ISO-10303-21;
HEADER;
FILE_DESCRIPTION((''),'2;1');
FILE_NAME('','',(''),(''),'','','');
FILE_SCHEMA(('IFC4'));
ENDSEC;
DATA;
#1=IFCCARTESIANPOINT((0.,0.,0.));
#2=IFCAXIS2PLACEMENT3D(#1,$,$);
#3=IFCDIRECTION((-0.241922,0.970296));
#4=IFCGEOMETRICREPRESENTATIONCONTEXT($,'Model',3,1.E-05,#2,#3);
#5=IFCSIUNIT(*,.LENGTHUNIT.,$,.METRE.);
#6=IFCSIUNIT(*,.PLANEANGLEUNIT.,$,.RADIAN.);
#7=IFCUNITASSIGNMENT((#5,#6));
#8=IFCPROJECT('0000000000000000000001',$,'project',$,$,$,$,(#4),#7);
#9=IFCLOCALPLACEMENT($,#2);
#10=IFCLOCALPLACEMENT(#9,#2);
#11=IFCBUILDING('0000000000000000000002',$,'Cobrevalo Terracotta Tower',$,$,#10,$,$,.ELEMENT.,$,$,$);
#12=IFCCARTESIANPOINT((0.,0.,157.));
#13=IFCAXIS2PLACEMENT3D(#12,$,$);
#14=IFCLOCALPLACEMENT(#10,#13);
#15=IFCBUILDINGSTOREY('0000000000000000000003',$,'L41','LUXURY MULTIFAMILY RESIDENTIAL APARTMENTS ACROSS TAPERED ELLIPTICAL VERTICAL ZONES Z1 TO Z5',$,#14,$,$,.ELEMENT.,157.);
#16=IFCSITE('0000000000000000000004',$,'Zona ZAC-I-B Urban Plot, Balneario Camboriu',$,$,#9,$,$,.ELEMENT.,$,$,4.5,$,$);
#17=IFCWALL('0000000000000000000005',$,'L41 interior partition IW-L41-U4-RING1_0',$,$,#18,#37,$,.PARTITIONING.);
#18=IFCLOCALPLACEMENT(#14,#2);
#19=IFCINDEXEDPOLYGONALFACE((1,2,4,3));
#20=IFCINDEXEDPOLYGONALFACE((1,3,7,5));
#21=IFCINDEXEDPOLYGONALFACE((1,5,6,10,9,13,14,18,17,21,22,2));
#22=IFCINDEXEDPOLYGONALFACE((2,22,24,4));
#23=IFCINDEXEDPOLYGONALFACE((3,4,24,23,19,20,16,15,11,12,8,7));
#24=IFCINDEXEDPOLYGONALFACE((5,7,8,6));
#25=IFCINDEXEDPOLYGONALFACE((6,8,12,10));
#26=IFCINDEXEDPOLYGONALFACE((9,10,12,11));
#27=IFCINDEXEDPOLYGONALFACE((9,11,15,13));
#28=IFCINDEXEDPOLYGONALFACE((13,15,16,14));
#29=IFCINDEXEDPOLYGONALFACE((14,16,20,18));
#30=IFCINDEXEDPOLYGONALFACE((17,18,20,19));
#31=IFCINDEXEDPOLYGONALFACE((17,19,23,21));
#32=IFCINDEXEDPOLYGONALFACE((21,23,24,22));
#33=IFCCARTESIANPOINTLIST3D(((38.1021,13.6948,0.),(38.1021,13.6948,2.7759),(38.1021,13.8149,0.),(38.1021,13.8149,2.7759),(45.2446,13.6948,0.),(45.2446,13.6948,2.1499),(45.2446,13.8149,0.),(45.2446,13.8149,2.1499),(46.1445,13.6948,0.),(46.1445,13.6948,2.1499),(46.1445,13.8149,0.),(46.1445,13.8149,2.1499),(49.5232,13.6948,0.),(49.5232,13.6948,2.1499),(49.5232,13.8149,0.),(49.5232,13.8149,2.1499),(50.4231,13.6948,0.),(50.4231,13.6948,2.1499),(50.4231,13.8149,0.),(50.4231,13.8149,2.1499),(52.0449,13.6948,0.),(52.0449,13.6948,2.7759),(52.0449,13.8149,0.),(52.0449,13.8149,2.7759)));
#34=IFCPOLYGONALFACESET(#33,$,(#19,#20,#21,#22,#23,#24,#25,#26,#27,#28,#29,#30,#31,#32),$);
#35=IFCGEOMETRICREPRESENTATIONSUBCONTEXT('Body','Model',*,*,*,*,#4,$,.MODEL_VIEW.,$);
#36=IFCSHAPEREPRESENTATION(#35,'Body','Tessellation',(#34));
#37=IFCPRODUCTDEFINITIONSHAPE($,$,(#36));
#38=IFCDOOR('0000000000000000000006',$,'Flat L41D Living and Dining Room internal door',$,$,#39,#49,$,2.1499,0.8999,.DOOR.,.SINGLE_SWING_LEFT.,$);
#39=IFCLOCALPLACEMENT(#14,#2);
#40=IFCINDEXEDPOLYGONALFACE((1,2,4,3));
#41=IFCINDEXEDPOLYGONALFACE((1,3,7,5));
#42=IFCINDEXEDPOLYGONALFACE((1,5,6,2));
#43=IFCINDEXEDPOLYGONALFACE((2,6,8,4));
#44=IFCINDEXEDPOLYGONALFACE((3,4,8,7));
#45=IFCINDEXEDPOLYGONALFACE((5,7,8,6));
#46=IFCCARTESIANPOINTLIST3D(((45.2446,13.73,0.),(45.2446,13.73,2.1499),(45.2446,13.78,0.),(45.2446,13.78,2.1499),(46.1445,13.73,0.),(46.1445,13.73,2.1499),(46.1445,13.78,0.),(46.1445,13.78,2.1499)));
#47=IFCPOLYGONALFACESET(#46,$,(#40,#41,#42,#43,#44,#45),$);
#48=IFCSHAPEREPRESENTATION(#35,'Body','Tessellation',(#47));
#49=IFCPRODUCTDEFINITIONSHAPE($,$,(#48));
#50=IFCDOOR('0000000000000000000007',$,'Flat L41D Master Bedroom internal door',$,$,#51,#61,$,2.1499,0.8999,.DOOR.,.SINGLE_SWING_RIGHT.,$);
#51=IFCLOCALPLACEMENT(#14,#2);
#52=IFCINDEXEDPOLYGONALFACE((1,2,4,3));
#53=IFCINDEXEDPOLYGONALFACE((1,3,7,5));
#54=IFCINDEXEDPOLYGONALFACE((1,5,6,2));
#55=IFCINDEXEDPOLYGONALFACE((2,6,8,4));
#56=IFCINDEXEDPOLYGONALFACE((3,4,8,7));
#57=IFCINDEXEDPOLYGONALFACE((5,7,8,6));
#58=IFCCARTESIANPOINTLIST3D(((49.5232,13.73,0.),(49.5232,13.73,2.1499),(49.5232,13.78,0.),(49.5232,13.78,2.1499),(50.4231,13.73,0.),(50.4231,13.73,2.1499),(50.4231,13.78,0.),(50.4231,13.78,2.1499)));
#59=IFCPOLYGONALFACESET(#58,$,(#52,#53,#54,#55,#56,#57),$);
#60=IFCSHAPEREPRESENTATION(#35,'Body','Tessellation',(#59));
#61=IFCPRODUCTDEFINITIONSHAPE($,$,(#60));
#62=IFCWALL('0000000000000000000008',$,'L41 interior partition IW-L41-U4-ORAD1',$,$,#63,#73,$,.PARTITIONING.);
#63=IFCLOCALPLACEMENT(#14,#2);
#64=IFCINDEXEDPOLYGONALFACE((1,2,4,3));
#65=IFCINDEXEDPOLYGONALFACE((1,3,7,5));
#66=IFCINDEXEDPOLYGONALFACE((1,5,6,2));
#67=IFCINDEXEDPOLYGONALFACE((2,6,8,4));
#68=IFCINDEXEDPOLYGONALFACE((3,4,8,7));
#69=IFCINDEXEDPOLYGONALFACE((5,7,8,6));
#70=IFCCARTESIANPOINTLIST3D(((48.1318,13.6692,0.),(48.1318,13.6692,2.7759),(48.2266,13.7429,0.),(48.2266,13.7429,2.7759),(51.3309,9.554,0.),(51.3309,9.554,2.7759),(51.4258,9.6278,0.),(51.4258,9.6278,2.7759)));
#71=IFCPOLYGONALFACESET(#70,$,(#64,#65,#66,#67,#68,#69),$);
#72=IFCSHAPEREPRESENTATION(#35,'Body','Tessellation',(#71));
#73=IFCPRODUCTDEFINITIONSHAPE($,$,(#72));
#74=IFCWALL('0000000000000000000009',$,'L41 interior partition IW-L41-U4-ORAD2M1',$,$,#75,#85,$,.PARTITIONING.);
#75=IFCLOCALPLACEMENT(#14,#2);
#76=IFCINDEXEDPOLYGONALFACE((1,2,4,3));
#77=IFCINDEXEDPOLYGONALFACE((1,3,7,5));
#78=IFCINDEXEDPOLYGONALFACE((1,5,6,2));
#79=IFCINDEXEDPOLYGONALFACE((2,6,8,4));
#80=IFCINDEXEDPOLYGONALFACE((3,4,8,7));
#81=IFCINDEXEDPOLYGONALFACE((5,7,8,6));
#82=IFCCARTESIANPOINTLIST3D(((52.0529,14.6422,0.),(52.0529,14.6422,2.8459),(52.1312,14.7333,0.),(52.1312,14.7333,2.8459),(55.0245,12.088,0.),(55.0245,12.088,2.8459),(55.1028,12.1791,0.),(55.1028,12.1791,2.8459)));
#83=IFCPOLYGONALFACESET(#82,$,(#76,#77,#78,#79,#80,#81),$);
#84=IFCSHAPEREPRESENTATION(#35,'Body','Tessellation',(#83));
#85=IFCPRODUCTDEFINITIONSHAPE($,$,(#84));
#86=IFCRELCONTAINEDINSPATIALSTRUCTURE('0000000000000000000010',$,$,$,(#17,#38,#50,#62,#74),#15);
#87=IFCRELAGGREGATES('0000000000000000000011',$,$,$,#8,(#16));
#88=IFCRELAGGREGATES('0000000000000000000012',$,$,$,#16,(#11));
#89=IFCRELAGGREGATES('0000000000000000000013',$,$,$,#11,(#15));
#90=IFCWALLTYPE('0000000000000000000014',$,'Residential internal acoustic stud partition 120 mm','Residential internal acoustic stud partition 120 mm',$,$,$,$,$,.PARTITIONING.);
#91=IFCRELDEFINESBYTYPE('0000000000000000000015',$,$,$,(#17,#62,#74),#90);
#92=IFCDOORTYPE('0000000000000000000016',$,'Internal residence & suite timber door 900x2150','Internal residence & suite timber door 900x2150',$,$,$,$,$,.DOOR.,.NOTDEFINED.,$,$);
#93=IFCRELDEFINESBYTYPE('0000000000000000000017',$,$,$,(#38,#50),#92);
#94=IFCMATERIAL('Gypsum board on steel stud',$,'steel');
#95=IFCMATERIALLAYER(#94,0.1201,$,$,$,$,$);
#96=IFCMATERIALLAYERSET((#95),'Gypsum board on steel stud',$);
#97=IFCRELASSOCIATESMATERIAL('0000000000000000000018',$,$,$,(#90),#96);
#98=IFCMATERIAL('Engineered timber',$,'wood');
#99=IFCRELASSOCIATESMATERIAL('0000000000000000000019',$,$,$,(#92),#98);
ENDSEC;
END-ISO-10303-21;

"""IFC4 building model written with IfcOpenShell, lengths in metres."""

from ifc_helpers import new_model, si_unit, direction, frame, frame_2d, origin, place, context, subcontext, project, spatial, rectangle, extrude, source, transform, mapped, material, layer, layer_set, type_object, element, fill, save


model = new_model("IFC4")

# Units and contexts
model_context = context("Model", 3, precision=1e-05, world=origin(), true_north=direction((-0.241922, 0.970296)))
body_context = subcontext(model_context, "Body", "Model", "MODEL_VIEW")
ifc_project = project(units=[si_unit("LENGTHUNIT", "METRE"), si_unit("PLANEANGLEUNIT", "RADIAN")], contexts=[model_context])

# Site, building, storey
site_placement = place(None, origin())
site = spatial("IfcSite", under=ifc_project, at=site_placement, Name="Zona ZAC-I-B Urban Plot, Balneario Camboriu", CompositionType="ELEMENT", RefElevation=4.5)
building_placement = place(site_placement, origin())
building = spatial("IfcBuilding", under=site, at=building_placement, Name="Cobrevalo Terracotta Tower", CompositionType="ELEMENT")
storey_placement = place(building_placement, frame((0.0, 0.0, 157.0)))
storey = spatial("IfcBuildingStorey", under=building, at=storey_placement, Name="L41", Description="LUXURY MULTIFAMILY RESIDENTIAL APARTMENTS ACROSS TAPERED ELLIPTICAL VERTICAL ZONES Z1 TO Z5", CompositionType="ELEMENT", Elevation=157.0)

# Wall, openings, doors
ifc_material_1 = material(Name="Gypsum board on steel stud", Category="steel")
ifc_layer_1 = layer(ifc_material_1, 0.1201)
ifc_layer_set_1 = layer_set([ifc_layer_1], Name="Gypsum board on steel stud")
wall_type = type_object("IfcWallType", Name="Residential internal acoustic stud partition 120 mm", Description="Residential internal acoustic stud partition 120 mm", PredefinedType="PARTITIONING", material=ifc_layer_set_1)
wall_1_placement = place(storey_placement, frame((52.0449, 13.7549, 0.0), z_axis=(0.0, 0.0, 1.0), x_axis=(-1.0, 0.0, 0.0)))
wall_1 = element("IfcWall", 1, at=wall_1_placement, inside=storey, type_object=wall_type, Name="L41 interior partition IW-L41-U4-RING1_0", PredefinedType="PARTITIONING", context=body_context, shape_type="SweptSolid", body=[
    extrude(rectangle(XDim=13.9429, YDim=0.1201, at=frame_2d((6.9714, 0.0))), origin(), (0.0, 0.0, 1.0), 2.7759),
])
opening_1_placement = place(wall_1_placement, frame((5.9004, 0.0, 0.0)))
opening_1 = element("IfcOpeningElement", 2, at=opening_1_placement, cuts=wall_1, PredefinedType="OPENING", context=body_context, shape_type="SweptSolid", body=[
    extrude(rectangle(XDim=0.8999, YDim=2.1499, at=frame_2d((0.45, 1.075))), frame((0.0, 0.0701, 0.0), z_axis=(0.0, -1.0, 0.0), x_axis=(1.0, 0.0, 0.0)), (0.0, 0.0, 1.0), 0.1401),
])
opening_2_placement = place(wall_1_placement, frame((1.6218, 0.0, 0.0)))
opening_2 = element("IfcOpeningElement", 3, at=opening_2_placement, cuts=wall_1, PredefinedType="OPENING", context=body_context, shape_type="SweptSolid", body=[
    extrude(rectangle(XDim=0.8999, YDim=2.1499, at=frame_2d((0.45, 1.075))), frame((0.0, 0.0701, 0.0), z_axis=(0.0, -1.0, 0.0), x_axis=(1.0, 0.0, 0.0)), (0.0, 0.0, 1.0), 0.1401),
])
ifc_material_2 = material(Name="Engineered timber", Category="wood")
door_type = type_object("IfcDoorType", Name="Internal residence & suite timber door 900x2150", Description="Internal residence & suite timber door 900x2150", OperationType="NOTDEFINED", PredefinedType="DOOR", material=ifc_material_2)
shared_shape_1 = source(origin(), body_context, "Body", "SweptSolid", [
    extrude(rectangle(XDim=0.8999, YDim=2.1499, at=frame_2d((0.45, 1.075))), frame((0.0, 0.0249, 0.0), z_axis=(0.0, -1.0, 0.0), x_axis=(1.0, 0.0, 0.0)), (0.0, 0.0, 1.0), 0.05),
])
door_1_placement = place(opening_1_placement, origin())
door_1 = element("IfcDoor", 4, at=door_1_placement, inside=storey, type_object=door_type, Name="Flat L41D Living and Dining Room internal door", OperationType="SINGLE_SWING_LEFT", OverallHeight=2.1499, OverallWidth=0.8999, PredefinedType="DOOR", context=body_context, shape_type="MappedRepresentation", body=[
    mapped(shared_shape_1, transform((0.0, 0.0, 0.0), scale=1.0)),
])
fill(opening_1, door_1)
door_2_placement = place(opening_2_placement, origin())
door_2 = element("IfcDoor", 5, at=door_2_placement, inside=storey, type_object=door_type, Name="Flat L41D Master Bedroom internal door", OperationType="SINGLE_SWING_RIGHT", OverallHeight=2.1499, OverallWidth=0.8999, PredefinedType="DOOR", context=body_context, shape_type="MappedRepresentation", body=[
    mapped(shared_shape_1, transform((0.0, 0.0, 0.0), scale=1.0)),
])
fill(opening_2, door_2)

# Walls
wall_2_placement = place(storey_placement, frame((48.1792, 13.7061, 0.0), z_axis=(0.0, 0.0, 1.0), x_axis=(0.613759, -0.789493, 0.0)))
element("IfcWall", 6, at=wall_2_placement, inside=storey, type_object=wall_type, Name="L41 interior partition IW-L41-U4-ORAD1", PredefinedType="PARTITIONING", context=body_context, shape_type="SweptSolid", body=[
    extrude(rectangle(XDim=5.2124, YDim=0.1201, at=frame_2d((2.6062, 0.0))), origin(), (0.0, 0.0, 1.0), 2.7759),
])
wall_3_placement = place(storey_placement, frame((52.092, 14.6877, 0.0), z_axis=(0.0, 0.0, 1.0), x_axis=(0.758368, -0.651827, 0.0)))
element("IfcWall", 7, at=wall_3_placement, inside=storey, type_object=wall_type, Name="L41 interior partition IW-L41-U4-ORAD2M1", PredefinedType="PARTITIONING", context=body_context, shape_type="SweptSolid", body=[
    extrude(rectangle(XDim=3.9185, YDim=0.1201, at=frame_2d((1.9592, 0.0))), origin(), (0.0, 0.0, 1.0), 2.8459),
])

save(model, "model.ifc")
